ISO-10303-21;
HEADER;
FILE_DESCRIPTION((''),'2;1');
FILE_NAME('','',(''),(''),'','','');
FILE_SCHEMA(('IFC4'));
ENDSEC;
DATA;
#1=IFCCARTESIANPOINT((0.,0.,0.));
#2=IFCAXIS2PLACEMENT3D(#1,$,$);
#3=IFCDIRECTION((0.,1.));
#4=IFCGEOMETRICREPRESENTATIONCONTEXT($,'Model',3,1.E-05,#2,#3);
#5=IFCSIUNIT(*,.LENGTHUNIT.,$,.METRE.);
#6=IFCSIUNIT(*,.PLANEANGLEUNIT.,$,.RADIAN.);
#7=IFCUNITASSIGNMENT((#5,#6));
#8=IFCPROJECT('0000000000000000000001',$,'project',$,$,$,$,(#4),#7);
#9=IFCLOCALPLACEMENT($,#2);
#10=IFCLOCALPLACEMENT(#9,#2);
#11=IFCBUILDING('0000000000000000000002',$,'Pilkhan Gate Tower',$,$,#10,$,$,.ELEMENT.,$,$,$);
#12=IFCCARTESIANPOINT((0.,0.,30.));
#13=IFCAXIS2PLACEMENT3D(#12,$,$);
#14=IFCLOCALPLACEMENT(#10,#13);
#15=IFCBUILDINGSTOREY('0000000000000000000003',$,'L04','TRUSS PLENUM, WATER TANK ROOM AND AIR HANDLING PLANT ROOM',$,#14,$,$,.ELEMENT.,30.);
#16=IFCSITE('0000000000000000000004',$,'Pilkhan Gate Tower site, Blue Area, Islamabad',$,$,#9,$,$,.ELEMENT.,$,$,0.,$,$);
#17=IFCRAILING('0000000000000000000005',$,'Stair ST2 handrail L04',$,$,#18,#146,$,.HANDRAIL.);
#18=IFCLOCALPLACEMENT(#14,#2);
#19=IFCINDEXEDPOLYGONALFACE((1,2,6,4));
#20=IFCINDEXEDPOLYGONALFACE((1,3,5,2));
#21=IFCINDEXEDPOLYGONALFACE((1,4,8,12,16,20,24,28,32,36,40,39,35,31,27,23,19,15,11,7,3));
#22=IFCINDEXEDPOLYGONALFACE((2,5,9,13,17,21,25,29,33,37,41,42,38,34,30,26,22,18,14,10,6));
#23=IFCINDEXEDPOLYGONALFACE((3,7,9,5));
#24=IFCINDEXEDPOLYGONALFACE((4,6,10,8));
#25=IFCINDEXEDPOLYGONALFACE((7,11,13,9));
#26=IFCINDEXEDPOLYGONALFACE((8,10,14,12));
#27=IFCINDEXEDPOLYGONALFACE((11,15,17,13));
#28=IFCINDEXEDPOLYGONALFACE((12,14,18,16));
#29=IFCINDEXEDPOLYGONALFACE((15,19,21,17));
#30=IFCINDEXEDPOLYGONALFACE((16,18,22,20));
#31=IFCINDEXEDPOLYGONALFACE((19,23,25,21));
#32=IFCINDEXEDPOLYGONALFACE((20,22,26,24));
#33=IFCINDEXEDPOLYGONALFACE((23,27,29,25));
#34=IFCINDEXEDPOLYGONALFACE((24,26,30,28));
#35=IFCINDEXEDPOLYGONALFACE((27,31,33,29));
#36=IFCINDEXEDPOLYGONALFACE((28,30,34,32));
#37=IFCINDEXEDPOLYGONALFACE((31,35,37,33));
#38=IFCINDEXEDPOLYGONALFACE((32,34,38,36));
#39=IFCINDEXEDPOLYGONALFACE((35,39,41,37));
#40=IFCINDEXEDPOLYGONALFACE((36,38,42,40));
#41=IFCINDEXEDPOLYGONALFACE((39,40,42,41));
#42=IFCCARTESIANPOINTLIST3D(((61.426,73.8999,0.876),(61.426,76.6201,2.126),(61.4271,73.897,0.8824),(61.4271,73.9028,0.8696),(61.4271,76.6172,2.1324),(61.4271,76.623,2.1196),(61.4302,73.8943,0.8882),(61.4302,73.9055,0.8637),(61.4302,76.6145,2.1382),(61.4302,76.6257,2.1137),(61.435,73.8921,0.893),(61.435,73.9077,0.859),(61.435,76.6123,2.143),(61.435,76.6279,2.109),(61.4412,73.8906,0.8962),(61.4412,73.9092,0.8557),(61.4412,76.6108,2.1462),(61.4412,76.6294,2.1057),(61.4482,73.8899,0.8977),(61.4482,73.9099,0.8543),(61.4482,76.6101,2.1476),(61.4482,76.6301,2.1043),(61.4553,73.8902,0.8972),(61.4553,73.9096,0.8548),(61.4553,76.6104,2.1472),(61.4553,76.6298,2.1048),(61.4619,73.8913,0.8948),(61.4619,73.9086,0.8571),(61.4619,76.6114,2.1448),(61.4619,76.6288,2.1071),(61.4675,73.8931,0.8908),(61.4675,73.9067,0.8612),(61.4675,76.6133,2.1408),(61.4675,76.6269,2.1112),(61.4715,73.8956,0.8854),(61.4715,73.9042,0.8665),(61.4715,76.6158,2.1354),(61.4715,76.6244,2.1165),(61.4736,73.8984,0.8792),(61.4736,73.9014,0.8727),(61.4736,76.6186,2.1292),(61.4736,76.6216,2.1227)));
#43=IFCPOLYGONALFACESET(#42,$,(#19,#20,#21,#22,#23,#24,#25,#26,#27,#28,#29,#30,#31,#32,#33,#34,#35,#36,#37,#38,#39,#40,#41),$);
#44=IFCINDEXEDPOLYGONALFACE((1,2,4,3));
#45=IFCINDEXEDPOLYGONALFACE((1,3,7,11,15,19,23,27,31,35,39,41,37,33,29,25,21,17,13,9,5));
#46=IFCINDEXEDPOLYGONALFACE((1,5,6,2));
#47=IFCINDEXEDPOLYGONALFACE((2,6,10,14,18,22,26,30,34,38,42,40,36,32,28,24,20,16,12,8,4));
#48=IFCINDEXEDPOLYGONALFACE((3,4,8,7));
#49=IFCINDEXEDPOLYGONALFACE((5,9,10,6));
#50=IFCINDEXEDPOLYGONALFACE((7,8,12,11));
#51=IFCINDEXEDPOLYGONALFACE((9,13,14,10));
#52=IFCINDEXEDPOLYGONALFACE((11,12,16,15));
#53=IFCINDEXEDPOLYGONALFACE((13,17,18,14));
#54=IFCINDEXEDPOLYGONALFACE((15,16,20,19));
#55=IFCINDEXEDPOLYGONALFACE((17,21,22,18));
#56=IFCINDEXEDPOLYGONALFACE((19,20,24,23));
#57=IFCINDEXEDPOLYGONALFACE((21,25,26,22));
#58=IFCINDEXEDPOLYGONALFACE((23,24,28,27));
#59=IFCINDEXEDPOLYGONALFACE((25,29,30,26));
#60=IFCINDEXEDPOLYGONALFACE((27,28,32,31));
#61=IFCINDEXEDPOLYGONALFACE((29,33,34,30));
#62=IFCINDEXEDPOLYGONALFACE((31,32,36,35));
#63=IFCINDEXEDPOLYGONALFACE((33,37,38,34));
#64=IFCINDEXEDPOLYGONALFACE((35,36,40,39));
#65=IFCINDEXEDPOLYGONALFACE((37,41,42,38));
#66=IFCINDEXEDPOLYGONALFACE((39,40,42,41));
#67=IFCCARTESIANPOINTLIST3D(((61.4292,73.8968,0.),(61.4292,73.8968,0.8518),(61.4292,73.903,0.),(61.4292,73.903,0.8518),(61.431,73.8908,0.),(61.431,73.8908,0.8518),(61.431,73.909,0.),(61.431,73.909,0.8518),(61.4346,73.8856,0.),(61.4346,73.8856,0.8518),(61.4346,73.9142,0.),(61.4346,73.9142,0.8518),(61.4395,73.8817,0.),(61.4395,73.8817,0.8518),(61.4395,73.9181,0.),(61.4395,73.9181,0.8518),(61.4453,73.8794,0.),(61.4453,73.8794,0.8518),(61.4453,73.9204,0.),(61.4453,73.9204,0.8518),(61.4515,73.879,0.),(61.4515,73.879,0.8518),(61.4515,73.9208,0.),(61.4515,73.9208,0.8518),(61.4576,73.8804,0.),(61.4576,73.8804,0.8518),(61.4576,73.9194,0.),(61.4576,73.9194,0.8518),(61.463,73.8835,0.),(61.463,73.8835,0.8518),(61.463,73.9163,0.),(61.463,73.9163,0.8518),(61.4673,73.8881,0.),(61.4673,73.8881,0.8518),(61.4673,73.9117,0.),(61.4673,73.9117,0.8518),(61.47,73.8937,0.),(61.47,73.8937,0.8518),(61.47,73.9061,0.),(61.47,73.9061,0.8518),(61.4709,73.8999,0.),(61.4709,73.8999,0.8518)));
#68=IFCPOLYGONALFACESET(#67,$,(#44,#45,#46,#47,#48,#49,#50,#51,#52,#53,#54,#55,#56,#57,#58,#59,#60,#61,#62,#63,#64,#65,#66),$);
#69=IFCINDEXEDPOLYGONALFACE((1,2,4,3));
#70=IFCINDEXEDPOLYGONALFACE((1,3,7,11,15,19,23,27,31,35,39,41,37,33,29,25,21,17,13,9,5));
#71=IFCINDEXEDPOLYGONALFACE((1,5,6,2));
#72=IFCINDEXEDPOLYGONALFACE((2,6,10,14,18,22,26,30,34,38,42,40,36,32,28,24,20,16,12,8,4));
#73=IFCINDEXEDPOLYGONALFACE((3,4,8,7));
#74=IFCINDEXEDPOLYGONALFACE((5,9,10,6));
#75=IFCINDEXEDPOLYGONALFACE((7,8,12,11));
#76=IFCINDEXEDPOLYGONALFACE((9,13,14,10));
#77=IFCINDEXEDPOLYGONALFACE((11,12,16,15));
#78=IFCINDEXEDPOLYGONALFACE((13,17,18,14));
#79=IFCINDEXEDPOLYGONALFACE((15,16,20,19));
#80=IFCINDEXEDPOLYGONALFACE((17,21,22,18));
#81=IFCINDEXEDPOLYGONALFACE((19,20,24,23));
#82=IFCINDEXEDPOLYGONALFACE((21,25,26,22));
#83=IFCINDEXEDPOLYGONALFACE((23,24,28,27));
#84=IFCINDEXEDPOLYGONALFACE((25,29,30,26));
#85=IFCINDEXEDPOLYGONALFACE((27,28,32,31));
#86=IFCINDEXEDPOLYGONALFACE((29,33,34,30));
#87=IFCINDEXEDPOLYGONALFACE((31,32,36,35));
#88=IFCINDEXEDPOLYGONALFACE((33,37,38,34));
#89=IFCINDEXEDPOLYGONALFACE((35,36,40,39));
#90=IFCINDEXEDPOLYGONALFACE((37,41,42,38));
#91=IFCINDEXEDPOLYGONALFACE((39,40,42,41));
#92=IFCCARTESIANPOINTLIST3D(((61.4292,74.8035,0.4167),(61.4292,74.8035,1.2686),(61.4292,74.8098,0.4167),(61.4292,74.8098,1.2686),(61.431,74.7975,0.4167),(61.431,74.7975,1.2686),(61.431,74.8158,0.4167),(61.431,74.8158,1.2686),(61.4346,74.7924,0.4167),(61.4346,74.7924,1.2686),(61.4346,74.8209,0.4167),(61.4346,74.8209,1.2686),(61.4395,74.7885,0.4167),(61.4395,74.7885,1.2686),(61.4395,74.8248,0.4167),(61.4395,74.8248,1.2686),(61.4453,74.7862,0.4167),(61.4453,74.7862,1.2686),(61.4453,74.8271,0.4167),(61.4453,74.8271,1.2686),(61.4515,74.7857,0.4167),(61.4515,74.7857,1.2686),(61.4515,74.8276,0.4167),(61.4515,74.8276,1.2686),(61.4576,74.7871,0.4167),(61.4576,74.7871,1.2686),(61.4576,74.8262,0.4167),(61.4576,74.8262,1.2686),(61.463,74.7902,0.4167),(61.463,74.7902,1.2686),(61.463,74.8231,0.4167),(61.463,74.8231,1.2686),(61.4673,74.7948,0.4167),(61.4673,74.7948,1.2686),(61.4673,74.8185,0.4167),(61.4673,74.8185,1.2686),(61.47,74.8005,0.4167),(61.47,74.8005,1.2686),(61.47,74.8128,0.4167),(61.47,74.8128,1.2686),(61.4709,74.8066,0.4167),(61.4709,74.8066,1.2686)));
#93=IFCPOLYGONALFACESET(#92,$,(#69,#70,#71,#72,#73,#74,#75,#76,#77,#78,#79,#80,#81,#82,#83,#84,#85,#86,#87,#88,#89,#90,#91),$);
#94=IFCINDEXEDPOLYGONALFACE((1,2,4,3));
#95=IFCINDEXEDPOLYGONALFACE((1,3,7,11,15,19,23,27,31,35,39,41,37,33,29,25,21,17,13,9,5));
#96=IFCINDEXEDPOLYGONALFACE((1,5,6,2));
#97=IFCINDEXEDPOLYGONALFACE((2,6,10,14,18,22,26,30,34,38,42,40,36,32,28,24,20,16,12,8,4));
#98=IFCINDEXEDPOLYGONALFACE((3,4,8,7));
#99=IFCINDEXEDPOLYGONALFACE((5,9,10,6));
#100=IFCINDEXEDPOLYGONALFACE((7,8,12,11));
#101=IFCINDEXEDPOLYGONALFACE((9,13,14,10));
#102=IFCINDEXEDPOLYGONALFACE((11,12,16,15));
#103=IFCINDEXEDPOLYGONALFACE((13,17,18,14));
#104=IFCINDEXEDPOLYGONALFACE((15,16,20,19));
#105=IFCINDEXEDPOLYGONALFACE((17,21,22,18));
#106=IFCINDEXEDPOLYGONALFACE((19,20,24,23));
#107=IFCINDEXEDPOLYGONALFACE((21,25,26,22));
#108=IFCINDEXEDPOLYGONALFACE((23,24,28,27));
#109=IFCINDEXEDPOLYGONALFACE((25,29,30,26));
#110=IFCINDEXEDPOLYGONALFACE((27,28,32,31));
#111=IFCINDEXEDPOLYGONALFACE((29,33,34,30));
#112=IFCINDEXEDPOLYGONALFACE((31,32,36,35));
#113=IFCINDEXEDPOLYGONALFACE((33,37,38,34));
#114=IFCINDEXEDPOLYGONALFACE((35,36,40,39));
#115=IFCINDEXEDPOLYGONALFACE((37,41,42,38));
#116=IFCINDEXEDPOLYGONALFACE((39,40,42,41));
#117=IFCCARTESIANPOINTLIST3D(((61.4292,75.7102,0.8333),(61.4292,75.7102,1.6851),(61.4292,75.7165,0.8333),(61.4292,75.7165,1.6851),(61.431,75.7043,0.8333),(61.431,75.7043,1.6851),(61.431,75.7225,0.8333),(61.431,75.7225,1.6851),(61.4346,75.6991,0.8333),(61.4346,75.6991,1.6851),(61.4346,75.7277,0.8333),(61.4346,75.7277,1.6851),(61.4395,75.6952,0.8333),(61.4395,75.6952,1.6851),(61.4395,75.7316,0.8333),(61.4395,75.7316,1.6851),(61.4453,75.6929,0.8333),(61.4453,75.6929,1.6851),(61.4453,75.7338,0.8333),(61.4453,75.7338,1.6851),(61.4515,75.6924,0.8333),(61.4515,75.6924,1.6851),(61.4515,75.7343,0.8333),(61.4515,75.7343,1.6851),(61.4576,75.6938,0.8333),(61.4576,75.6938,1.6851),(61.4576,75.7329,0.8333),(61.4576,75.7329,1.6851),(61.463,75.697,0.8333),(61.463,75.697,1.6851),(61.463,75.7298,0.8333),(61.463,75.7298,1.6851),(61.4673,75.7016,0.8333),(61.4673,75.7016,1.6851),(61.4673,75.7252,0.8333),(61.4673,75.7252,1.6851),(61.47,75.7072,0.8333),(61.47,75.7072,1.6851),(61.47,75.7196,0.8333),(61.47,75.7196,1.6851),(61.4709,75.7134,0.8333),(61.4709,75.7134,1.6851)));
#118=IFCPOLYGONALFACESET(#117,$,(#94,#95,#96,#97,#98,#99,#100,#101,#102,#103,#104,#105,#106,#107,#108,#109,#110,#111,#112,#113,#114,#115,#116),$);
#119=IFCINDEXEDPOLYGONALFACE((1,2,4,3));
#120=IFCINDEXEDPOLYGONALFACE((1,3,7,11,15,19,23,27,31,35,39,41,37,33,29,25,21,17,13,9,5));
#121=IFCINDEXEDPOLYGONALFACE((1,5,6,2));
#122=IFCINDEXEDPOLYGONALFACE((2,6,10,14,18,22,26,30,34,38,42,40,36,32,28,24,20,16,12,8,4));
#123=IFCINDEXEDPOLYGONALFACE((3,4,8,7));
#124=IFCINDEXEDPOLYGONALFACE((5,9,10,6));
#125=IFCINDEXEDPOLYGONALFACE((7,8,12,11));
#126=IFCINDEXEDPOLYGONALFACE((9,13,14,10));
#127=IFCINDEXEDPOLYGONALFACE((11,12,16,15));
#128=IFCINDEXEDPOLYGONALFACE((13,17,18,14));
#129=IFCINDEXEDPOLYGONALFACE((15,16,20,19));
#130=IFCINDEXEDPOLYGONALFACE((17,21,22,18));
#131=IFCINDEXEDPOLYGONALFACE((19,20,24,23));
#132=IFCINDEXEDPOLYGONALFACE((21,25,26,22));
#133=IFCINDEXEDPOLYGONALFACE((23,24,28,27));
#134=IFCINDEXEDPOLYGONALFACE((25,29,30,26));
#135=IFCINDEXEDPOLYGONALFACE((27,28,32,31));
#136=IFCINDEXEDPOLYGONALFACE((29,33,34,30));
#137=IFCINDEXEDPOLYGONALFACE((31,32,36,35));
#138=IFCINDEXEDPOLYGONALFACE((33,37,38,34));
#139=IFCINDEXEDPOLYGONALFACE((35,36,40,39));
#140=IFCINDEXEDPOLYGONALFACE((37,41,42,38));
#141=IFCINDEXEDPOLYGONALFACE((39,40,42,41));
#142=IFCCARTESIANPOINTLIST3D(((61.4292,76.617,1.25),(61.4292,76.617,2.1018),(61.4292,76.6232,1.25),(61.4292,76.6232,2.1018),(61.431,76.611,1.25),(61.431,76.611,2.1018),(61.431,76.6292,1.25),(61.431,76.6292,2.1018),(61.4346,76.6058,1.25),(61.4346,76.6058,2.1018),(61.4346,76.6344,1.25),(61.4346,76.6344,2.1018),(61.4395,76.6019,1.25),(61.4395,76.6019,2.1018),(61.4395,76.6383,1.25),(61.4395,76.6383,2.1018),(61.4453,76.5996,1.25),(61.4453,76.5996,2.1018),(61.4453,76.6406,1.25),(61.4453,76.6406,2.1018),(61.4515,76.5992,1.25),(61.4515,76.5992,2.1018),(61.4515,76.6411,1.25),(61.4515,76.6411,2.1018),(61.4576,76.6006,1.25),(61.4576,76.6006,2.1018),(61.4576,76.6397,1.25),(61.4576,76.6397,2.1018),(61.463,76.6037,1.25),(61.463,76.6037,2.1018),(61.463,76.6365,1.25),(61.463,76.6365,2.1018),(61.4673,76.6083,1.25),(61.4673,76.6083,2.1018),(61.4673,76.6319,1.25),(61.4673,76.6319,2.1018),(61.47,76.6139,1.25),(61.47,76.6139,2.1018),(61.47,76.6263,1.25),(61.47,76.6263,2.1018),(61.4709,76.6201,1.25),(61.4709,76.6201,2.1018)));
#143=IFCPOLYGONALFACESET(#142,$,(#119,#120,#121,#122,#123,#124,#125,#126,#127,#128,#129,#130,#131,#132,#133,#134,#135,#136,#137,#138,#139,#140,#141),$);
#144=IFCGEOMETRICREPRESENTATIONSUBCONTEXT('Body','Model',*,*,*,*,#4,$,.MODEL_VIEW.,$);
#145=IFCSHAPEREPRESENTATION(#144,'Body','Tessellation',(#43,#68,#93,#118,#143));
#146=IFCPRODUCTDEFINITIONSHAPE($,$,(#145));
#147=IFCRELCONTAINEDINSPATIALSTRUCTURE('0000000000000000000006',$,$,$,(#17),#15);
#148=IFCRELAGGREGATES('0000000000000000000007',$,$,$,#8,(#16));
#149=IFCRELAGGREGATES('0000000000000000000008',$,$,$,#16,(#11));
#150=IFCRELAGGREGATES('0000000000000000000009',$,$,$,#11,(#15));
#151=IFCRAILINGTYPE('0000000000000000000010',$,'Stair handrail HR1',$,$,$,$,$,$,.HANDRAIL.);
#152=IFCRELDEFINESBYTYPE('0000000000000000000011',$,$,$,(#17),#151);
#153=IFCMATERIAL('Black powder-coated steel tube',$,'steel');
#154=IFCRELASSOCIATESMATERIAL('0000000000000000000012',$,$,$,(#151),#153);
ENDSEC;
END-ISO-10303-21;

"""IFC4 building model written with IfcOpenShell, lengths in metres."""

from ifc_helpers import new_model, si_unit, direction, frame, origin, origin_2d, place, context, subcontext, project, spatial, circle, extrude, material, type_object, element, save


model = new_model("IFC4")

# Units and contexts
model_context = context("Model", 3, precision=1e-05, world=origin(), true_north=direction((0.0, 1.0)))
body_context = subcontext(model_context, "Body", "Model", "MODEL_VIEW")
ifc_project = project(units=[si_unit("LENGTHUNIT", "METRE"), si_unit("PLANEANGLEUNIT", "RADIAN")], contexts=[model_context])

# Site, building, storey
site_placement = place(None, origin())
site = spatial("IfcSite", under=ifc_project, at=site_placement, Name="Pilkhan Gate Tower site, Blue Area, Islamabad", CompositionType="ELEMENT", RefElevation=0.0)
building_placement = place(site_placement, origin())
building = spatial("IfcBuilding", under=site, at=building_placement, Name="Pilkhan Gate Tower", CompositionType="ELEMENT")
storey_placement = place(building_placement, frame((0.0, 0.0, 30.0)))
storey = spatial("IfcBuildingStorey", under=building, at=storey_placement, Name="L04", Description="TRUSS PLENUM, WATER TANK ROOM AND AIR HANDLING PLANT ROOM", CompositionType="ELEMENT", Elevation=30.0)

# Railing
ifc_material_1 = material(Name="Black powder-coated steel tube", Category="steel")
railing_type_1 = type_object("IfcRailingType", Name="Stair handrail HR1", PredefinedType="HANDRAIL", material=ifc_material_1)
railing_1_placement = place(storey_placement, frame((61.45, 73.8999, 0.0)))
element("IfcRailing", 1, at=railing_1_placement, inside=storey, type_object=railing_type_1, Name="Stair ST2 handrail L04", PredefinedType="HANDRAIL", context=body_context, shape_type="SweptSolid", body=[
    extrude(circle(Radius=0.0239, at=origin_2d()), frame((0.0, 0.0, 0.876), z_axis=(0.0, 0.908655, 0.417547), x_axis=(-1.0, 0.0, 0.0)), (0.0, 0.0, 1.0), 2.9937),
    extrude(circle(Radius=0.021, at=origin_2d()), origin(), (0.0, 0.0, 1.0), 0.8518),
    extrude(circle(Radius=0.021, at=origin_2d()), frame((0.0, 0.9067, 0.4167)), (0.0, 0.0, 1.0), 0.8518),
    extrude(circle(Radius=0.021, at=origin_2d()), frame((0.0, 1.8135, 0.8333)), (0.0, 0.0, 1.0), 0.8518),
    extrude(circle(Radius=0.021, at=origin_2d()), frame((0.0, 2.7202, 1.25)), (0.0, 0.0, 1.0), 0.8518),
])

save(model, "model.ifc")
